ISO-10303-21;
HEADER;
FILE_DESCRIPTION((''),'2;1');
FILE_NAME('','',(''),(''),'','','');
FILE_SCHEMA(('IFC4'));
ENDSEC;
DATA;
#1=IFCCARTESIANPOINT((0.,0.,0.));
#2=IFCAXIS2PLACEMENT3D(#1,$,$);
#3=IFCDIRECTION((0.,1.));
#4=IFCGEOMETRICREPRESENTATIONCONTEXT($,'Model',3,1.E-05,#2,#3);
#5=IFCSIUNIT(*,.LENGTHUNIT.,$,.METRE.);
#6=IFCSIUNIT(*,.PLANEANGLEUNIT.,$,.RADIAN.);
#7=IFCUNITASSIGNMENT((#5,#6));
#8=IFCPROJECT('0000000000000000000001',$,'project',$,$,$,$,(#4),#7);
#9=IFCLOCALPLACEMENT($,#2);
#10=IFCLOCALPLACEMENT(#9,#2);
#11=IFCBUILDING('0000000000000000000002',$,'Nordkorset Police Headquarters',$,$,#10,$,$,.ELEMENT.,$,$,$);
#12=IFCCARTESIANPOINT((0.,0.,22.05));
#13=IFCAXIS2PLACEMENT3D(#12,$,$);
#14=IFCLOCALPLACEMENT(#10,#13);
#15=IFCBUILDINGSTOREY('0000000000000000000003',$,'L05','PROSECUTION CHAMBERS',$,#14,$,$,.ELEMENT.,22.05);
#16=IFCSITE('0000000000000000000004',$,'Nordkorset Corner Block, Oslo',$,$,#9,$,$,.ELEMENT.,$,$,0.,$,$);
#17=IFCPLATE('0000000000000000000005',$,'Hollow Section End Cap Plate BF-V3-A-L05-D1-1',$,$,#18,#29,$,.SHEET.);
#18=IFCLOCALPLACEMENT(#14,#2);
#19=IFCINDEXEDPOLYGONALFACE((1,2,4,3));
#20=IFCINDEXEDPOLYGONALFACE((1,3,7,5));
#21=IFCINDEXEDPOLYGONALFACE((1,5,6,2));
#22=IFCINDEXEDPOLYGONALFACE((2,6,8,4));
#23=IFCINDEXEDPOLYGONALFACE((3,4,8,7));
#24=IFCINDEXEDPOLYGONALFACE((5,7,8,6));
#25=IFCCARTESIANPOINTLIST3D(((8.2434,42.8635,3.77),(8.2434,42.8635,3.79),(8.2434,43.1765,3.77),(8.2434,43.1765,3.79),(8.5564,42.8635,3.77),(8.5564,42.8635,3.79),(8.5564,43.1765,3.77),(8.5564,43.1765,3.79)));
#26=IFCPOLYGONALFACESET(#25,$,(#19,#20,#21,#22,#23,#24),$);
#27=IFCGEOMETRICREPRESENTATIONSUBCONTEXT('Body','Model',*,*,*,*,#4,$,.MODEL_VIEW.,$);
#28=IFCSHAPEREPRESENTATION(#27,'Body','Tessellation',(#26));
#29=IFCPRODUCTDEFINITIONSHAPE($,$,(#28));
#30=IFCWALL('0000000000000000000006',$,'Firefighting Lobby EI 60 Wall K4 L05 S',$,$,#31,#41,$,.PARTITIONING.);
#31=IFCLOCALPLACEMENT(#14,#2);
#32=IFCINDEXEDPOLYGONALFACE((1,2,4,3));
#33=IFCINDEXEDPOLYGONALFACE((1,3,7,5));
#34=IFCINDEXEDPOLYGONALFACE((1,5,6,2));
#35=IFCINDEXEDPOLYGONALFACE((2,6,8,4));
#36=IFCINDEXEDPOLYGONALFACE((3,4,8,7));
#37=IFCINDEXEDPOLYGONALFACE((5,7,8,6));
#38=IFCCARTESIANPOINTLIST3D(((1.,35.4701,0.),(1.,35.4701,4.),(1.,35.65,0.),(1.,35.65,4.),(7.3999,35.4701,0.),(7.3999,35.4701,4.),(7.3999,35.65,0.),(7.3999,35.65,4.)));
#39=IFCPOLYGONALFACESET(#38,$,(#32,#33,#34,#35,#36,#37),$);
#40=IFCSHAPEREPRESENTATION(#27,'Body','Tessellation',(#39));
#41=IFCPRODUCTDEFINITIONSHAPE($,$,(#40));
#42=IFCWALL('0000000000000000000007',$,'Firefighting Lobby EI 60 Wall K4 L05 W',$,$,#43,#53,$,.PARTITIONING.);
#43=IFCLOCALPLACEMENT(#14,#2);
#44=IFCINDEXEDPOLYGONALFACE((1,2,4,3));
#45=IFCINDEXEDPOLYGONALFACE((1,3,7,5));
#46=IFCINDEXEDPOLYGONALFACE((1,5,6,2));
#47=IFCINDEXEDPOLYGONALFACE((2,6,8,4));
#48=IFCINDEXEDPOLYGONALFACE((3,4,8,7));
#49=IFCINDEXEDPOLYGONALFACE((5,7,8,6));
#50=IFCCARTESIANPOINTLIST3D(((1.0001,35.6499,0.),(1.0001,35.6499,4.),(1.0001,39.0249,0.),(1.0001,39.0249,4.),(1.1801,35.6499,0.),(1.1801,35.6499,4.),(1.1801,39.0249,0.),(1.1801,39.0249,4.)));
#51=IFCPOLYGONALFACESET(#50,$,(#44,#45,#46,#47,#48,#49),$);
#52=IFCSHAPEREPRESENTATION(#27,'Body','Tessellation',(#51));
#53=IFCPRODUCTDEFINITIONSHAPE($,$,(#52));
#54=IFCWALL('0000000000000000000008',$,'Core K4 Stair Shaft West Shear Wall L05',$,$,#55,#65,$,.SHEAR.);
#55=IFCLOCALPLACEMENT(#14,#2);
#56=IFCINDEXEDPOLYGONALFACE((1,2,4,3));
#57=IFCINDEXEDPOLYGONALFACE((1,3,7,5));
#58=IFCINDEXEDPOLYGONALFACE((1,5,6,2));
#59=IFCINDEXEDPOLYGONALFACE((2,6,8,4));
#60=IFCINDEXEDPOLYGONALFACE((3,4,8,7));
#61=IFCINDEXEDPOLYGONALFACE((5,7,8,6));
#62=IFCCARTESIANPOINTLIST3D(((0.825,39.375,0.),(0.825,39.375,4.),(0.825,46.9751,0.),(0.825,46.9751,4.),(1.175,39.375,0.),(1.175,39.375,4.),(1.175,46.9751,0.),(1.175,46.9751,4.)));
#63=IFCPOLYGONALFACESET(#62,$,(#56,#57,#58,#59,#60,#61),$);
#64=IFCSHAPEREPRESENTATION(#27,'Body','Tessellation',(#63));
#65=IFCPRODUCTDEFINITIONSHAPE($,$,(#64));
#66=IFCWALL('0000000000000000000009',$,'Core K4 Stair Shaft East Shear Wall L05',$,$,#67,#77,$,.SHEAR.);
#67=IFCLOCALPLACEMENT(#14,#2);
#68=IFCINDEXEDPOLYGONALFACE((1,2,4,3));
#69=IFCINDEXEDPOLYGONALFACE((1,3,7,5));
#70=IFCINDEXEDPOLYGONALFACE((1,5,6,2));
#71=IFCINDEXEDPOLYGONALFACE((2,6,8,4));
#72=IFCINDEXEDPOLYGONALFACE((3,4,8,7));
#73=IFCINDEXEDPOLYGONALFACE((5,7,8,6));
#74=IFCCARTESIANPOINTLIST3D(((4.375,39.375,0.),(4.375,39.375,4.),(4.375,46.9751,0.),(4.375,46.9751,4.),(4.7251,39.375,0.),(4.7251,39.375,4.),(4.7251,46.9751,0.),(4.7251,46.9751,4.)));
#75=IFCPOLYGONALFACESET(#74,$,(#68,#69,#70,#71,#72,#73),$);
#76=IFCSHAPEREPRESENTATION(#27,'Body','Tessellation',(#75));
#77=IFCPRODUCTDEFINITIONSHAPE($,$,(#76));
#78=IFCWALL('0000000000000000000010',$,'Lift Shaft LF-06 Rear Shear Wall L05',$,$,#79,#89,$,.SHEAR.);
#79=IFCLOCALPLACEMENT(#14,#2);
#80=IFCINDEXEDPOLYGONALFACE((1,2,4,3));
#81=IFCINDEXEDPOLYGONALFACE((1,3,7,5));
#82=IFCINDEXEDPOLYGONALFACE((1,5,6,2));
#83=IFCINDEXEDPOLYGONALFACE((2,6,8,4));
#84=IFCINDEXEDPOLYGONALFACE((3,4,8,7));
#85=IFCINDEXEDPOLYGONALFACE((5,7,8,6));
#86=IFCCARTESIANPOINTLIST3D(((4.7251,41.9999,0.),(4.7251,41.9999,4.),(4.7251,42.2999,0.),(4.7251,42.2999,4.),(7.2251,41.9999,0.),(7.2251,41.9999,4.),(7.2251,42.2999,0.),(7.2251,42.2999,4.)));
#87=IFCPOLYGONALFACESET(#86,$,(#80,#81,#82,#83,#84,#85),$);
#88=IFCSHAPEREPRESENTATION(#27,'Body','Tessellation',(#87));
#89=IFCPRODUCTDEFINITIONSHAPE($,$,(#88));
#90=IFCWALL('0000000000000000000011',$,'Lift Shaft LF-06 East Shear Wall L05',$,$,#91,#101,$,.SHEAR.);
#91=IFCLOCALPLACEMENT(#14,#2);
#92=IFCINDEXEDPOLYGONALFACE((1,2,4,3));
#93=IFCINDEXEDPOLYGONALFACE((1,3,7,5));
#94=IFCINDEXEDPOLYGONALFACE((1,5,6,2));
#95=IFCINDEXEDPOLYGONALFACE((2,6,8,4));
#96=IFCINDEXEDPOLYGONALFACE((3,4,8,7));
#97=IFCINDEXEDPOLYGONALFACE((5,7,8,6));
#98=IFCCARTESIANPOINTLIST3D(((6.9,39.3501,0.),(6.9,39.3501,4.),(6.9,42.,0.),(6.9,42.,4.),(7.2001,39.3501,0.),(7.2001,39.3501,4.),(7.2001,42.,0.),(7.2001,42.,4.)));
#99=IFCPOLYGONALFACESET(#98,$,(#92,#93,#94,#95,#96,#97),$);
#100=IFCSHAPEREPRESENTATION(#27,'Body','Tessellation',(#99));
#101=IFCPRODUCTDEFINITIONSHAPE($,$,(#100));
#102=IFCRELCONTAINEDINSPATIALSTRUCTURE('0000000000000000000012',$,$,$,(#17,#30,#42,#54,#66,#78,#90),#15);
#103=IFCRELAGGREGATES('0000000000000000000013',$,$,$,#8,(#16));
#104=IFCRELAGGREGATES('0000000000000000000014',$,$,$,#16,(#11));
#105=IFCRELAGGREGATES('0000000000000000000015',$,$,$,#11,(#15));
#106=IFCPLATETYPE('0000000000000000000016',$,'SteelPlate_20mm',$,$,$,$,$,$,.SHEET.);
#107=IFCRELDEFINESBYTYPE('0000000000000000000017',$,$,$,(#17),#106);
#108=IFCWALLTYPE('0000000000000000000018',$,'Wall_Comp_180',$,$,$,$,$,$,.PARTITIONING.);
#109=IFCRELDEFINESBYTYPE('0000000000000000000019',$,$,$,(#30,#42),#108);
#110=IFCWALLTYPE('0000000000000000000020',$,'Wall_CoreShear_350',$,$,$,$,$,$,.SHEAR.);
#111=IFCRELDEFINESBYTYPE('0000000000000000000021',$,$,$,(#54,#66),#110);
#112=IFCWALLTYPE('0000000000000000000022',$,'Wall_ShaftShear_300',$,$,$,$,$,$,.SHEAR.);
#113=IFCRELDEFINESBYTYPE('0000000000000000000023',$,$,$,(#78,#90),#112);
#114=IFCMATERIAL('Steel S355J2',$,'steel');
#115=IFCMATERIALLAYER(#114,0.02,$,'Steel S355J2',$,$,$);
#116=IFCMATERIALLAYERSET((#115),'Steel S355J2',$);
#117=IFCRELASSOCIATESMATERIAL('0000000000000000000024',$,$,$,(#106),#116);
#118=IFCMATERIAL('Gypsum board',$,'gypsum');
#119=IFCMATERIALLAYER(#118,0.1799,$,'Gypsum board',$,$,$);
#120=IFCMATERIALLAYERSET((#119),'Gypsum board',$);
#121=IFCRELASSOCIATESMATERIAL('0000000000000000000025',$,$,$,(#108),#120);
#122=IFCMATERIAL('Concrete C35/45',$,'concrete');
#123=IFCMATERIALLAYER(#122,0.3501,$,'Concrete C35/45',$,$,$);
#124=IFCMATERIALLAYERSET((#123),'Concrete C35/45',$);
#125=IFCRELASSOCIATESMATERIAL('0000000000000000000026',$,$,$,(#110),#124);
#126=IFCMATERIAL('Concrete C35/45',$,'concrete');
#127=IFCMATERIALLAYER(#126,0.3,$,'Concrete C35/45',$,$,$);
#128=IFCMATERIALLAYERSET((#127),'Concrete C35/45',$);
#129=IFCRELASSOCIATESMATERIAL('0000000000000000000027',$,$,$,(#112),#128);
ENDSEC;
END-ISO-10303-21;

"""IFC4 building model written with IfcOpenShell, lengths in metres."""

from ifc_helpers import new_model, si_unit, direction, frame, frame_2d, origin, origin_2d, place, context, subcontext, project, spatial, rectangle, extrude, material, layer, layer_set, type_object, element, save


model = new_model("IFC4")

# Units and contexts
model_context = context("Model", 3, precision=1e-05, world=origin(), true_north=direction((0.0, 1.0)))
body_context = subcontext(model_context, "Body", "Model", "MODEL_VIEW")
ifc_project = project(units=[si_unit("LENGTHUNIT", "METRE"), si_unit("PLANEANGLEUNIT", "RADIAN")], contexts=[model_context])

# Site, building, storey
site_placement = place(None, origin())
site = spatial("IfcSite", under=ifc_project, at=site_placement, Name="Nordkorset Corner Block, Oslo", CompositionType="ELEMENT", RefElevation=0.0)
building_placement = place(site_placement, origin())
building = spatial("IfcBuilding", under=site, at=building_placement, Name="Nordkorset Police Headquarters", CompositionType="ELEMENT")
storey_placement = place(building_placement, frame((0.0, 0.0, 22.05)))
storey = spatial("IfcBuildingStorey", under=building, at=storey_placement, Name="L05", Description="PROSECUTION CHAMBERS", CompositionType="ELEMENT", Elevation=22.05)

# Plate
ifc_material_1 = material(Name="Steel S355J2", Category="steel")
ifc_layer_1 = layer(ifc_material_1, 0.02, Name="Steel S355J2")
ifc_layer_set_1 = layer_set([ifc_layer_1], Name="Steel S355J2")
plate_type_1 = type_object("IfcPlateType", Name="SteelPlate_20mm", PredefinedType="SHEET", material=ifc_layer_set_1)
for number, where, z_axis, x_axis, name in (
    (1, (8.3999, 43.02, 3.77), (0.0, 0.0, 1.0), (1.0, 0.0, 0.0), "Hollow Section End Cap Plate BF-V3-A-L05-D1-1"),
):
    element("IfcPlate", number, at=place(storey_placement, frame(where, z_axis=z_axis, x_axis=x_axis)), inside=storey, type_object=plate_type_1, Name=name, PredefinedType="SHEET", context=body_context, shape_type="SweptSolid", body=[
        extrude(rectangle(XDim=0.313, YDim=0.313, at=origin_2d()), origin(), (0.0, 0.0, 1.0), 0.02),
    ])

# Walls
ifc_material_2 = material(Name="Gypsum board", Category="gypsum")
ifc_layer_2 = layer(ifc_material_2, 0.1799, Name="Gypsum board")
ifc_layer_set_2 = layer_set([ifc_layer_2], Name="Gypsum board")
wall_type_1 = type_object("IfcWallType", Name="Wall_Comp_180", PredefinedType="PARTITIONING", material=ifc_layer_set_2)
wall_1_placement = place(storey_placement, frame((1.0, 35.5601, 0.0), z_axis=(0.0, 0.0, 1.0), x_axis=(1.0, 0.0, 0.0)))
element("IfcWall", 2, at=wall_1_placement, inside=storey, type_object=wall_type_1, Name="Firefighting Lobby EI 60 Wall K4 L05 S", PredefinedType="PARTITIONING", context=body_context, shape_type="SweptSolid", body=[
    extrude(rectangle(XDim=6.3999, YDim=0.1799, at=frame_2d((3.2, 0.0))), origin(), (0.0, 0.0, 1.0), 4.0),
])
wall_2_placement = place(storey_placement, frame((1.0901, 35.6499, 0.0), z_axis=(0.0, 0.0, 1.0), x_axis=(0.0, 1.0, 0.0)))
element("IfcWall", 3, at=wall_2_placement, inside=storey, type_object=wall_type_1, Name="Firefighting Lobby EI 60 Wall K4 L05 W", PredefinedType="PARTITIONING", context=body_context, shape_type="SweptSolid", body=[
    extrude(rectangle(XDim=3.375, YDim=0.1799, at=frame_2d((1.6875, 0.0))), origin(), (0.0, 0.0, 1.0), 4.0),
])

# Shared definitions
ifc_material_3 = material(Name="Concrete C35/45", Category="concrete")
ifc_layer_3 = layer(ifc_material_3, 0.3501, Name="Concrete C35/45")
ifc_layer_set_3 = layer_set([ifc_layer_3], Name="Concrete C35/45")
wall_type_2 = type_object("IfcWallType", Name="Wall_CoreShear_350", PredefinedType="SHEAR", material=ifc_layer_set_3)

# Walls
for number, where, z_axis, x_axis, name in (
    (4, (1.0, 39.375, 0.0), (0.0, 0.0, 1.0), (0.0, 1.0, 0.0), "Core K4 Stair Shaft West Shear Wall L05"),
    (5, (4.55, 39.375, 0.0), (0.0, 0.0, 1.0), (0.0, 1.0, 0.0), "Core K4 Stair Shaft East Shear Wall L05"),
):
    element("IfcWall", number, at=place(storey_placement, frame(where, z_axis=z_axis, x_axis=x_axis)), inside=storey, type_object=wall_type_2, Name=name, PredefinedType="SHEAR", context=body_context, shape_type="SweptSolid", body=[
        extrude(rectangle(XDim=7.6001, YDim=0.3501, at=frame_2d((3.8, 0.0))), origin(), (0.0, 0.0, 1.0), 4.0),
    ])

# Shared definitions
ifc_material_4 = material(Name="Concrete C35/45", Category="concrete")
ifc_layer_4 = layer(ifc_material_4, 0.3, Name="Concrete C35/45")
ifc_layer_set_4 = layer_set([ifc_layer_4], Name="Concrete C35/45")
wall_type_3 = type_object("IfcWallType", Name="Wall_ShaftShear_300", PredefinedType="SHEAR", material=ifc_layer_set_4)

# Walls
wall_3_placement = place(storey_placement, frame((4.7251, 42.1499, 0.0), z_axis=(0.0, 0.0, 1.0), x_axis=(1.0, 0.0, 0.0)))
element("IfcWall", 6, at=wall_3_placement, inside=storey, type_object=wall_type_3, Name="Lift Shaft LF-06 Rear Shear Wall L05", PredefinedType="SHEAR", context=body_context, shape_type="SweptSolid", body=[
    extrude(rectangle(XDim=2.5, YDim=0.3, at=frame_2d((1.25, 0.0))), origin(), (0.0, 0.0, 1.0), 4.0),
])
wall_4_placement = place(storey_placement, frame((7.05, 39.3501, 0.0), z_axis=(0.0, 0.0, 1.0), x_axis=(0.0, 1.0, 0.0)))
element("IfcWall", 7, at=wall_4_placement, inside=storey, type_object=wall_type_3, Name="Lift Shaft LF-06 East Shear Wall L05", PredefinedType="SHEAR", context=body_context, shape_type="SweptSolid", body=[
    extrude(rectangle(XDim=2.6499, YDim=0.3, at=frame_2d((1.325, 0.0))), origin(), (0.0, 0.0, 1.0), 4.0),
])

save(model, "model.ifc")
